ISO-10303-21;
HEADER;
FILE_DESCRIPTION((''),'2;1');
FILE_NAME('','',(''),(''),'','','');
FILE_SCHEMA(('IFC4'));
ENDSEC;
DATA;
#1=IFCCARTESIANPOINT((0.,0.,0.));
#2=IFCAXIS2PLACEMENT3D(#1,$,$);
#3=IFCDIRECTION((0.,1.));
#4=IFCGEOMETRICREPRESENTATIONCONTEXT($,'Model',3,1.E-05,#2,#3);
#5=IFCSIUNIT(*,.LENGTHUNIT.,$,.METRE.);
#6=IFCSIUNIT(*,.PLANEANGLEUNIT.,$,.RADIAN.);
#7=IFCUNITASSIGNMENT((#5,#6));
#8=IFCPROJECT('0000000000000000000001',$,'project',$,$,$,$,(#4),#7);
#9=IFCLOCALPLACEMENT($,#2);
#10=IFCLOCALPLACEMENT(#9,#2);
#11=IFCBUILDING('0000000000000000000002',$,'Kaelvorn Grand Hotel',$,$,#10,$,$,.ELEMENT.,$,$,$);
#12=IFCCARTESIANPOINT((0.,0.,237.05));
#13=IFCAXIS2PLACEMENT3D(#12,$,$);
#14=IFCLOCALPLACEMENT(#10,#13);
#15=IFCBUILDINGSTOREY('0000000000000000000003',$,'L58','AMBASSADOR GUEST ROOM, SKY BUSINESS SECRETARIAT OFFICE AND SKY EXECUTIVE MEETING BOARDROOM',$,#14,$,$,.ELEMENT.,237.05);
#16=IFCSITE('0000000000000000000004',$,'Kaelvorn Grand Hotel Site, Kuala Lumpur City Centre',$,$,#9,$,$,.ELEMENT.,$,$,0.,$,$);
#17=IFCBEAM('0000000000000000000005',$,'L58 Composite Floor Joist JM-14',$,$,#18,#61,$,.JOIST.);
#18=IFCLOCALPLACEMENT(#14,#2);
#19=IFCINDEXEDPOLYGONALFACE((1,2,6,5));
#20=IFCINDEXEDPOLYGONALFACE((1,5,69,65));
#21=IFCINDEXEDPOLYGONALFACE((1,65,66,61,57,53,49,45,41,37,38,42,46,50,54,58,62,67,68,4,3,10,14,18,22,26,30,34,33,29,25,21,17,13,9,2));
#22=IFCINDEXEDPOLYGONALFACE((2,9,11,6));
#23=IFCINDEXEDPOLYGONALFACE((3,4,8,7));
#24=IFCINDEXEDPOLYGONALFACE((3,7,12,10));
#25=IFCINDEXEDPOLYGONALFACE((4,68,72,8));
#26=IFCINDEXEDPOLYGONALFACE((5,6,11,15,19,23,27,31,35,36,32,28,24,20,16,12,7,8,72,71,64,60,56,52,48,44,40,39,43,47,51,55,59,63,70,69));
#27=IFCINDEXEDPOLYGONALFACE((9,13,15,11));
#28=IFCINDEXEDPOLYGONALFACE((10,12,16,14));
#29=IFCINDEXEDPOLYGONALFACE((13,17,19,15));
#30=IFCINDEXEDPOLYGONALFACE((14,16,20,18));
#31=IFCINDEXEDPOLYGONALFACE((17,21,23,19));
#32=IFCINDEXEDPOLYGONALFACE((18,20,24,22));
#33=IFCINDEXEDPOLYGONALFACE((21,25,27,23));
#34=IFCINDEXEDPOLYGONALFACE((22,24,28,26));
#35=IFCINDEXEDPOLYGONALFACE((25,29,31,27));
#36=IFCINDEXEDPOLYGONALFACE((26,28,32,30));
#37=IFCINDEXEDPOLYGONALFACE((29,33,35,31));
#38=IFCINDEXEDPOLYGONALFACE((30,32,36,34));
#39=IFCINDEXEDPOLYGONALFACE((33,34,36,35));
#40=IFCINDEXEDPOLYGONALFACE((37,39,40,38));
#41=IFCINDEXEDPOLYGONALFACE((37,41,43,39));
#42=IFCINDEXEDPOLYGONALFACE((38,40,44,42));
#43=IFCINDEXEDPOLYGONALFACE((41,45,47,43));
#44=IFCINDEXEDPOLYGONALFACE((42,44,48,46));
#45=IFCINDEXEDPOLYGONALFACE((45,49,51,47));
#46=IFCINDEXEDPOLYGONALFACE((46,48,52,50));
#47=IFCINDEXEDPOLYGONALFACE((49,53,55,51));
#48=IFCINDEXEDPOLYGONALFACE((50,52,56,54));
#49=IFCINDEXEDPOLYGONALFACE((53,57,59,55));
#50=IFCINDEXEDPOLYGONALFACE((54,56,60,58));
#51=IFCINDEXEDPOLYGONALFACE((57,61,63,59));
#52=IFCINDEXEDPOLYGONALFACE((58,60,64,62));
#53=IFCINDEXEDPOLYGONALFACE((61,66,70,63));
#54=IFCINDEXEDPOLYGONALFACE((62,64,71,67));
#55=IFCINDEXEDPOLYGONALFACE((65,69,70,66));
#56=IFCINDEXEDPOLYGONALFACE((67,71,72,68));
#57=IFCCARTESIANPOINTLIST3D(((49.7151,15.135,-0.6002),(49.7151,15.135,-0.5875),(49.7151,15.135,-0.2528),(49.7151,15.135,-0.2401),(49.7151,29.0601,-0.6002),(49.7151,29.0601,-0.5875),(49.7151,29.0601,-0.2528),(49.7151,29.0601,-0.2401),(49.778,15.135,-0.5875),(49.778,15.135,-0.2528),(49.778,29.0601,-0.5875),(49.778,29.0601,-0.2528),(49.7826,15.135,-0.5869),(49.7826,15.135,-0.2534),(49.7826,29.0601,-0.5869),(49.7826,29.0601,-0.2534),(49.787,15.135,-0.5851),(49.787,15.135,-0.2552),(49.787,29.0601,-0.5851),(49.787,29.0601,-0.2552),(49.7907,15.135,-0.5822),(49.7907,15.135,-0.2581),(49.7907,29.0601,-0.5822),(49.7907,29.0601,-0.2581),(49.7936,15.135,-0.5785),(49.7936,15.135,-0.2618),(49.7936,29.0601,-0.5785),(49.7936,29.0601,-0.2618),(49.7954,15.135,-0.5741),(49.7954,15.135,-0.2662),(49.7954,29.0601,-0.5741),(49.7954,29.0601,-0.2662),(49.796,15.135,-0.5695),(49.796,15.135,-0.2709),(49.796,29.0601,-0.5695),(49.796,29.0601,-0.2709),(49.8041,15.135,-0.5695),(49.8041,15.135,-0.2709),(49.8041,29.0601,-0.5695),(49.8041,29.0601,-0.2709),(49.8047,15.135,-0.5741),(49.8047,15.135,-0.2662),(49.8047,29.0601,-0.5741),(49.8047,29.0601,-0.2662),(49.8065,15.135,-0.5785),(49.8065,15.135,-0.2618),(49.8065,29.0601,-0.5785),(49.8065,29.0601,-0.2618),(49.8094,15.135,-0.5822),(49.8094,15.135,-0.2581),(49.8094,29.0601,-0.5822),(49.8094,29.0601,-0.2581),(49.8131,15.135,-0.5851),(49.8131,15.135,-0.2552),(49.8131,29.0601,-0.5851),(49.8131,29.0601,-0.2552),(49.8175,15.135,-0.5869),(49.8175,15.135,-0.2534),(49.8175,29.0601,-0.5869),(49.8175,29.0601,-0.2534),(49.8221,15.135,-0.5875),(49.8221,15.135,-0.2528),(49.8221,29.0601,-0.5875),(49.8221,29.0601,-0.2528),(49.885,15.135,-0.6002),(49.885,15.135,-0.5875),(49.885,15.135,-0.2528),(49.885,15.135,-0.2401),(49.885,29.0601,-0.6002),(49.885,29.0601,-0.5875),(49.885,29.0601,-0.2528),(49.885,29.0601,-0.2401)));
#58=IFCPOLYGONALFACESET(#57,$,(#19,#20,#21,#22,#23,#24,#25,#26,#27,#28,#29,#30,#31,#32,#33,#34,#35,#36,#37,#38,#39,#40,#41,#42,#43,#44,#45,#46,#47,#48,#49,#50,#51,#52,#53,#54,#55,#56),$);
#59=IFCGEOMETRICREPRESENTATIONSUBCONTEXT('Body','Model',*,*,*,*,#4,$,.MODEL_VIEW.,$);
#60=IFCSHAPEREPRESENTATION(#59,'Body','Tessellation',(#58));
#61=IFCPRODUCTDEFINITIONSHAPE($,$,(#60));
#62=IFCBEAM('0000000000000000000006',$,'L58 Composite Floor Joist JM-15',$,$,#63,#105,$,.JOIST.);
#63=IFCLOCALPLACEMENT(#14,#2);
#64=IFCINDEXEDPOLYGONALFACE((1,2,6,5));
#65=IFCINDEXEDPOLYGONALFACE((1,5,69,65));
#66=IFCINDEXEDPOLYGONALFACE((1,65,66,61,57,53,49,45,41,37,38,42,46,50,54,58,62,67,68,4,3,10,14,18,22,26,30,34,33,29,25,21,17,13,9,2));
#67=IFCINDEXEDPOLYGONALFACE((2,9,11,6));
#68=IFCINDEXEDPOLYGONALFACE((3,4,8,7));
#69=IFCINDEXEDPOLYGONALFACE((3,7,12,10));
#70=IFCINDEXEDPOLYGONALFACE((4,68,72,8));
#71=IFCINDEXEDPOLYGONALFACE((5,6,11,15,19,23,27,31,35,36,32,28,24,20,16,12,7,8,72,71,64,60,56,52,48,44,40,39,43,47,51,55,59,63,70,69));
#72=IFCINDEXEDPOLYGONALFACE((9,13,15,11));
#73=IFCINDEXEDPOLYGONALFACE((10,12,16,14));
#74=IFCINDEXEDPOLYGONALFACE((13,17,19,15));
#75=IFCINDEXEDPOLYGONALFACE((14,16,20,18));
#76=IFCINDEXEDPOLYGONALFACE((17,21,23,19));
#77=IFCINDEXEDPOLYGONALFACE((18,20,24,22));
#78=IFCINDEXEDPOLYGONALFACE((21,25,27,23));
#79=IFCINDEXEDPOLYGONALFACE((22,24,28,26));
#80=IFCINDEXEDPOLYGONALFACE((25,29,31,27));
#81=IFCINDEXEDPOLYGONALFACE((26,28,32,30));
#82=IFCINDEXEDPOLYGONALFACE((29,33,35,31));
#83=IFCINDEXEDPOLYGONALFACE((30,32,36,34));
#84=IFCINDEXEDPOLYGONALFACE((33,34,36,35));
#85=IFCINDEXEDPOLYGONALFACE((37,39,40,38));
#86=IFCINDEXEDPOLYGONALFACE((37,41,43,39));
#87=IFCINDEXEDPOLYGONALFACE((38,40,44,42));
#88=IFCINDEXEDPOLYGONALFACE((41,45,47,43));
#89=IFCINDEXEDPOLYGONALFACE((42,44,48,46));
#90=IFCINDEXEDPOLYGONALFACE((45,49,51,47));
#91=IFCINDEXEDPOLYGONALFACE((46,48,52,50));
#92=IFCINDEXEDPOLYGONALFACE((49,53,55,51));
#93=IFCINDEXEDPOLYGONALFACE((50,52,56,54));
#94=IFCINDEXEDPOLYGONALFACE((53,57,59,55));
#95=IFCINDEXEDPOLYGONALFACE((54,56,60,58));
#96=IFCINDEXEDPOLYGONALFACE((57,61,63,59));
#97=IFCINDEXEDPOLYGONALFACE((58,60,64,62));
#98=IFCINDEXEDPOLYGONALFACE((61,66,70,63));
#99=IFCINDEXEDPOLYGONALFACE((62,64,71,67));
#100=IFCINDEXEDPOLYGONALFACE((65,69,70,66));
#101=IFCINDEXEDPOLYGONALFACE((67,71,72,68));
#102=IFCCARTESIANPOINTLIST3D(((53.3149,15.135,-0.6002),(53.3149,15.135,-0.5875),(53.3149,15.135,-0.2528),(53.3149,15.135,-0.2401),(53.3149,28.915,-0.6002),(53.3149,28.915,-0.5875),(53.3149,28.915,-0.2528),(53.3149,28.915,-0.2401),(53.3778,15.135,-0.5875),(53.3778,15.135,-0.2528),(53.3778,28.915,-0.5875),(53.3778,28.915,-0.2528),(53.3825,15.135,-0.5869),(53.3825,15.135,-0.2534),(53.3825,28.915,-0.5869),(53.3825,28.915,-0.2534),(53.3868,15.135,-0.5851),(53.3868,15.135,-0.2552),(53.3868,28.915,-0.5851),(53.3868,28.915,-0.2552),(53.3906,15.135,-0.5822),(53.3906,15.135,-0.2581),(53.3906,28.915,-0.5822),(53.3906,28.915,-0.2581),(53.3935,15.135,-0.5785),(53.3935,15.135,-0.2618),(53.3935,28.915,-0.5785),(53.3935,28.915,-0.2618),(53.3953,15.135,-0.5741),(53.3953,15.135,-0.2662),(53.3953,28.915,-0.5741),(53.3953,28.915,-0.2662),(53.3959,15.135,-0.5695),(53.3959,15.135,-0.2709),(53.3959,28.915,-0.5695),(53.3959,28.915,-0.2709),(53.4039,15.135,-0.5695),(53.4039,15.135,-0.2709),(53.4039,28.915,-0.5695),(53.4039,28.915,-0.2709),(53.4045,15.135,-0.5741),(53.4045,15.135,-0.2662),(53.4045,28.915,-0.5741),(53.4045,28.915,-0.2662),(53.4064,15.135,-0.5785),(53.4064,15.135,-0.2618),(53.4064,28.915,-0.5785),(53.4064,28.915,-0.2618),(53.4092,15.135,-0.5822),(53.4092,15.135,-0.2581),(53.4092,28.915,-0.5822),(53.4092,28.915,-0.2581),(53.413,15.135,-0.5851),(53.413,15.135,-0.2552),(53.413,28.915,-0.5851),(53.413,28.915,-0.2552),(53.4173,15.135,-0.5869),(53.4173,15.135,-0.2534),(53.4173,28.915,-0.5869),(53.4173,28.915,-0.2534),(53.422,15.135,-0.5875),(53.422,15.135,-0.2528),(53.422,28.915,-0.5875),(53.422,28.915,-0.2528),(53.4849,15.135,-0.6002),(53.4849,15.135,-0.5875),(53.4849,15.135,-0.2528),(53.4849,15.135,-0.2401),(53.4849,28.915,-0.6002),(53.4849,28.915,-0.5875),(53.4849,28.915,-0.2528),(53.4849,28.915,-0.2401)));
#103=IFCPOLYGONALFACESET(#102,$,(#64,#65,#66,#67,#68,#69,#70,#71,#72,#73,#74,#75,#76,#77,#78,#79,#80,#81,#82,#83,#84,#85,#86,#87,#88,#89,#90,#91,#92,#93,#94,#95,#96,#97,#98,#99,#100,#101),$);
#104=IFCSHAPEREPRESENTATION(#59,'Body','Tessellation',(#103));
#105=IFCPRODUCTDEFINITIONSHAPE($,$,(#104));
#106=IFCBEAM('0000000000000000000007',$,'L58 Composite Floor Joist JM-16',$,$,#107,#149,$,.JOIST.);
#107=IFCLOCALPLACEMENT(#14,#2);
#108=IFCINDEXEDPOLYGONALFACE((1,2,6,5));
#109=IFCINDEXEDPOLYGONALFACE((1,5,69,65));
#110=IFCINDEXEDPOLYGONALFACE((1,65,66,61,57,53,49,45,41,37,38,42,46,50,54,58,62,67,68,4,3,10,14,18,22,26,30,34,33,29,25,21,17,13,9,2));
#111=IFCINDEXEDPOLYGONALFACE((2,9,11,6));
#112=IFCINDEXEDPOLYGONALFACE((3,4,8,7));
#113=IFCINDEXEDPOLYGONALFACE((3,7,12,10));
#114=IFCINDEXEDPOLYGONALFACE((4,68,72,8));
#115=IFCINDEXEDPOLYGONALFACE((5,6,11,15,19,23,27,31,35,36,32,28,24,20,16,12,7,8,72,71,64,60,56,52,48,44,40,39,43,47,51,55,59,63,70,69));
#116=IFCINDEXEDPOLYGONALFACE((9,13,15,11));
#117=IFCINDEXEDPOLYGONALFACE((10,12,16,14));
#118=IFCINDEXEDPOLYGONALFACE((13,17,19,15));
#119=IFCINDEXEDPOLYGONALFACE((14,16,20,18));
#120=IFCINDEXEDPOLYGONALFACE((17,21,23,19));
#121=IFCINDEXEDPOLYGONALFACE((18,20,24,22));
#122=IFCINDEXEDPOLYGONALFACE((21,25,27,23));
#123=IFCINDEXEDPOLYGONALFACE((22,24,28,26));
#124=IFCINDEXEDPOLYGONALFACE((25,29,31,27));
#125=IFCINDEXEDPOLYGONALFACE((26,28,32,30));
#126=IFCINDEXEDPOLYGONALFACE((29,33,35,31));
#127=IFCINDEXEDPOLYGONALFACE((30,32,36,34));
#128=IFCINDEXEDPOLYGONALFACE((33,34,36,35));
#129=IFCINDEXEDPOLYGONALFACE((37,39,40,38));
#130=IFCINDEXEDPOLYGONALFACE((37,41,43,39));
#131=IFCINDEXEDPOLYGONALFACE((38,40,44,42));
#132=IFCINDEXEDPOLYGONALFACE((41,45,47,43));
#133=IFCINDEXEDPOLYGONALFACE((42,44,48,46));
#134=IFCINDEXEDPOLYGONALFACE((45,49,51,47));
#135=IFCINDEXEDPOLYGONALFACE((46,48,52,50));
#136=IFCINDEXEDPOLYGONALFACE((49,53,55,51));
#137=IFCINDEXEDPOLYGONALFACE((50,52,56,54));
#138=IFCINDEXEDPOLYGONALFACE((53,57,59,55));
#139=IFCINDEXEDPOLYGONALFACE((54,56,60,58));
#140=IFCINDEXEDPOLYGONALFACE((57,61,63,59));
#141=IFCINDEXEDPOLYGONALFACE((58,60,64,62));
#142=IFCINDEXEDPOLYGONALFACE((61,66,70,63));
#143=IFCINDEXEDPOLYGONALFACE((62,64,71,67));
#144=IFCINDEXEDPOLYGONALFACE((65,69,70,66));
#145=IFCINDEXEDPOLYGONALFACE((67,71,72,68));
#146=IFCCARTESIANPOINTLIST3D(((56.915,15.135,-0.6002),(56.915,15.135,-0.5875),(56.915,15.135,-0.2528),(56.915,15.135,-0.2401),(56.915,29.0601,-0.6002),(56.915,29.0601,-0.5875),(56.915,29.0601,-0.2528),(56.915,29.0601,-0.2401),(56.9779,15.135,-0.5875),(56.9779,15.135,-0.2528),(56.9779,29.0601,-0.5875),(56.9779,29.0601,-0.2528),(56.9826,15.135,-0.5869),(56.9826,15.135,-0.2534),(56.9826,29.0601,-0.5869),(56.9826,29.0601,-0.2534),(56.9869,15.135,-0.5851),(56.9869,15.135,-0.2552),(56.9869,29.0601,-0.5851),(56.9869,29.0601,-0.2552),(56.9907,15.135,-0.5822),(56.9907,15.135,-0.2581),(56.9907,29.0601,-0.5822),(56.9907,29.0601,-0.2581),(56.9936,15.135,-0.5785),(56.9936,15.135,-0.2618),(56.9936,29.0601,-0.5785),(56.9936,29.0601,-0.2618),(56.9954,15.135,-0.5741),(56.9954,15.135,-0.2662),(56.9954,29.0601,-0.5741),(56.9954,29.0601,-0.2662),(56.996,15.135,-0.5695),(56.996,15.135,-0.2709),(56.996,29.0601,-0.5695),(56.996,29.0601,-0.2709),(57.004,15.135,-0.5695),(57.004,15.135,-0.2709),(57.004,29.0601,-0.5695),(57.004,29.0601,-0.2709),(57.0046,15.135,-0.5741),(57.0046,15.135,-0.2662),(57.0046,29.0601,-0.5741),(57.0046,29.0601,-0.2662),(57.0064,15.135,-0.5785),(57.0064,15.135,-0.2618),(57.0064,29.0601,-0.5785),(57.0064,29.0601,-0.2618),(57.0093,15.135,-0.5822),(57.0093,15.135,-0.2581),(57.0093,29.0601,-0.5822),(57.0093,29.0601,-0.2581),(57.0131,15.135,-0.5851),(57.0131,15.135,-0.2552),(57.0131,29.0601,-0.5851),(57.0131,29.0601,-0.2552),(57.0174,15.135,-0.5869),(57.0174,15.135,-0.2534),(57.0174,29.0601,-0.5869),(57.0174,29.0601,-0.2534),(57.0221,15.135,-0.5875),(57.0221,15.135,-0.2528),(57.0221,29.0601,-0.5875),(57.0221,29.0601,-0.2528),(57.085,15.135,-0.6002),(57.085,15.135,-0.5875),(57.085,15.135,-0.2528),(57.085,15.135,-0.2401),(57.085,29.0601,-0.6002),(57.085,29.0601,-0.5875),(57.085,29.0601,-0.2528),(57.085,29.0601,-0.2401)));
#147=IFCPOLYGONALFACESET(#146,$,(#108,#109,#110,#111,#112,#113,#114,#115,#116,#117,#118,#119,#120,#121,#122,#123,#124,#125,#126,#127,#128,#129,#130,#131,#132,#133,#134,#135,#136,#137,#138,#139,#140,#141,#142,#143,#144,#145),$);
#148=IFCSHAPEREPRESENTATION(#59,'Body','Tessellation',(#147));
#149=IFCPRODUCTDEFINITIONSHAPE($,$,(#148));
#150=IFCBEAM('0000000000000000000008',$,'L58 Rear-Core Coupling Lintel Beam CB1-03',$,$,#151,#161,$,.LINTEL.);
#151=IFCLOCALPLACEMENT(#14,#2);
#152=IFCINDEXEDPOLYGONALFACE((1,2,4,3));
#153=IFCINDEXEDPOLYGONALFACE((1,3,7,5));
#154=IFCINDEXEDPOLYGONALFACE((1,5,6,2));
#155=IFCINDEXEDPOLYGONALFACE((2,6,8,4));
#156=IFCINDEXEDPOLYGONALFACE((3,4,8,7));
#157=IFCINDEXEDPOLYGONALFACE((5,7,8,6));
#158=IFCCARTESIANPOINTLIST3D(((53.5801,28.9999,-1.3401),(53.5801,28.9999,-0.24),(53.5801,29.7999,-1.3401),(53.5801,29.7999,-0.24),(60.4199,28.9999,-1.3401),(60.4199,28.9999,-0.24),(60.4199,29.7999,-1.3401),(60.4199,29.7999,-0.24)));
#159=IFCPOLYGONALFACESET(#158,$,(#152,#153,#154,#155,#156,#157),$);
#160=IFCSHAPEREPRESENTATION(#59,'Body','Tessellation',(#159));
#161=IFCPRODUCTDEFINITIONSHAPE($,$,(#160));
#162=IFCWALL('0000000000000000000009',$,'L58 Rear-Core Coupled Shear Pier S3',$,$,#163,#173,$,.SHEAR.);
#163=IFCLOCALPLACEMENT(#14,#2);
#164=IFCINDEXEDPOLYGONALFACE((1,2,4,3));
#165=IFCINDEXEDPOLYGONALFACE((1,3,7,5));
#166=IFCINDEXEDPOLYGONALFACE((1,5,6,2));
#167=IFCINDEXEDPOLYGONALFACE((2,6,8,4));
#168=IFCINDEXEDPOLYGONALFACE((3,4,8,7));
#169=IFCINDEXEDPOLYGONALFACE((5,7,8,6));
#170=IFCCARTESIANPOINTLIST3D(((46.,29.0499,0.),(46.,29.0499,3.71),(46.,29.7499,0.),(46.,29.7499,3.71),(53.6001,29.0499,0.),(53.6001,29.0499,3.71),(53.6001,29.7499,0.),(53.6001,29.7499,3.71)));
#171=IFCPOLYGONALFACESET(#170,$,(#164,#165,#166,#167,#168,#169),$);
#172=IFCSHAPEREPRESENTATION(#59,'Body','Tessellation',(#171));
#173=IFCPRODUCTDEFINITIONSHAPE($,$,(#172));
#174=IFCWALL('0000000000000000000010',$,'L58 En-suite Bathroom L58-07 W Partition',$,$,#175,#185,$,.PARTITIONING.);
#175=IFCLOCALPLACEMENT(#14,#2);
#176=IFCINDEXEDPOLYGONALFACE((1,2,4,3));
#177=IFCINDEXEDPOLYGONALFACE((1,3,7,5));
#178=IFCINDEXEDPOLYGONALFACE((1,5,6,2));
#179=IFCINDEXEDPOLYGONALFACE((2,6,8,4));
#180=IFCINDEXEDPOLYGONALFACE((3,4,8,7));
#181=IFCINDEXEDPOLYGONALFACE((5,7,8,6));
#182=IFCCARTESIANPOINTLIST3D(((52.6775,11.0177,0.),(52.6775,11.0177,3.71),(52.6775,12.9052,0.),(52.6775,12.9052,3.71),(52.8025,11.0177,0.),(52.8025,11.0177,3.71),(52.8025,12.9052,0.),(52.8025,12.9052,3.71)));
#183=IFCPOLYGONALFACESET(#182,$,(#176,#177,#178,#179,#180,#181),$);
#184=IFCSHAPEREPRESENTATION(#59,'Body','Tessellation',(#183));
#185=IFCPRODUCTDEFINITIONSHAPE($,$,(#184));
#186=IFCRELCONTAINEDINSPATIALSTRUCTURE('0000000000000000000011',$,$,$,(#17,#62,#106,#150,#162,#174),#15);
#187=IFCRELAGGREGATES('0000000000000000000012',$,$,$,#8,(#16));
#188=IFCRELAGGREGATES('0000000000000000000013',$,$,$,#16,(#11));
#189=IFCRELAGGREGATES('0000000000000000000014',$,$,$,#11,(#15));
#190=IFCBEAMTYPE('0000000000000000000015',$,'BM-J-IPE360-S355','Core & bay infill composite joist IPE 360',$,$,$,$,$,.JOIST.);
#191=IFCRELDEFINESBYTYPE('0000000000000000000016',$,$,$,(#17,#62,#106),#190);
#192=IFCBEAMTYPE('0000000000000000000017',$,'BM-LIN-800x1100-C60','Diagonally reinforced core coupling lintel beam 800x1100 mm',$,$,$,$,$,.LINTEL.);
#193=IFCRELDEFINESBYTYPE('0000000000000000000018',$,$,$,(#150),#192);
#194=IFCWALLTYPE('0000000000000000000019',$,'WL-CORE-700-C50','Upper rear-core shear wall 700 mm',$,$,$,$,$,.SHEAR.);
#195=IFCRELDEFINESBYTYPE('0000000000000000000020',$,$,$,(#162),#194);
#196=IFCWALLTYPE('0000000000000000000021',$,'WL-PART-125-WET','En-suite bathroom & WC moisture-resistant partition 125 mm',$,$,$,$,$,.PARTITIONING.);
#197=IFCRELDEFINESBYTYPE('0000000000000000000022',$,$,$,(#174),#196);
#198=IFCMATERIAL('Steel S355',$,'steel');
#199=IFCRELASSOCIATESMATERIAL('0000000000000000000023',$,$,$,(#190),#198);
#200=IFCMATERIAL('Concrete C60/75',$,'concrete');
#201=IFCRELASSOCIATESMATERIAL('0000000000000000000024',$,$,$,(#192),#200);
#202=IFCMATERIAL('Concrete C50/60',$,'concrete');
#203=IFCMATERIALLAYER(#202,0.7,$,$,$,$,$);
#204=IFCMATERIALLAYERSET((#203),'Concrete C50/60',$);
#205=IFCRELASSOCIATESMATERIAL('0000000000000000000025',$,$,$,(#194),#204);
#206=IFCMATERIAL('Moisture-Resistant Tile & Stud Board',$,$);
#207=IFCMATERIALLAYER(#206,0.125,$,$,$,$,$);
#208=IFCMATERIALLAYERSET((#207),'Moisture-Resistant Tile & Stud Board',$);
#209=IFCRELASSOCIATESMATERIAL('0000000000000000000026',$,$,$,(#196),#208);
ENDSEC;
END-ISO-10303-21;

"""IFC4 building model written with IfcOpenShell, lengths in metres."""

from ifc_helpers import new_model, si_unit, direction, frame, frame_2d, origin, origin_2d, place, context, subcontext, project, spatial, rectangle, i_section, extrude, material, layer, layer_set, material_profile, profile_set, type_object, element, save


model = new_model("IFC4")

# Units and contexts
model_context = context("Model", 3, precision=1e-05, world=origin(), true_north=direction((0.0, 1.0)))
body_context = subcontext(model_context, "Body", "Model", "MODEL_VIEW")
ifc_project = project(units=[si_unit("LENGTHUNIT", "METRE"), si_unit("PLANEANGLEUNIT", "RADIAN")], contexts=[model_context])

# Site, building, storey
site_placement = place(None, origin())
site = spatial("IfcSite", under=ifc_project, at=site_placement, Name="Kaelvorn Grand Hotel Site, Kuala Lumpur City Centre", CompositionType="ELEMENT", RefElevation=0.0)
building_placement = place(site_placement, origin())
building = spatial("IfcBuilding", under=site, at=building_placement, Name="Kaelvorn Grand Hotel", CompositionType="ELEMENT")
storey_placement = place(building_placement, frame((0.0, 0.0, 237.05)))
storey = spatial("IfcBuildingStorey", under=building, at=storey_placement, Name="L58", Description="AMBASSADOR GUEST ROOM, SKY BUSINESS SECRETARIAT OFFICE AND SKY EXECUTIVE MEETING BOARDROOM", CompositionType="ELEMENT", Elevation=237.05)

# Shared definitions
ifc_material_1 = material(Name="Concrete C50/60", Category="concrete")

# Beams
ifc_material_2 = material(Name="Steel S355", Category="steel")
ifc_material_profile_1 = material_profile(ifc_material_2, i_section(OverallWidth=0.1699, OverallDepth=0.3601, WebThickness=0.0081, FlangeThickness=0.0127, FilletRadius=0.0181, at=origin_2d()), Name="IPE 360")
ifc_profile_set_1 = profile_set([ifc_material_profile_1], Name="Steel S355")
beam_type_1 = type_object("IfcBeamType", Name="BM-J-IPE360-S355", Description="Core & bay infill composite joist IPE 360", PredefinedType="JOIST", material=ifc_profile_set_1)
beam_1_placement = place(storey_placement, frame((49.8, 15.135, -0.4202), z_axis=(0.0, 1.0, 0.0), x_axis=(-1.0, 0.0, 0.0)))
element("IfcBeam", 1, at=beam_1_placement, inside=storey, type_object=beam_type_1, Name="L58 Composite Floor Joist JM-14", PredefinedType="JOIST", context=body_context, shape_type="SweptSolid", body=[
    extrude(i_section(OverallWidth=0.1699, OverallDepth=0.3601, WebThickness=0.0081, FlangeThickness=0.0127, FilletRadius=0.0181, at=origin_2d()), origin(), (0.0, 0.0, 1.0), 13.925),
])
beam_2_placement = place(storey_placement, frame((53.3999, 15.135, -0.4202), z_axis=(0.0, 1.0, 0.0), x_axis=(-1.0, 0.0, 0.0)))
element("IfcBeam", 2, at=beam_2_placement, inside=storey, type_object=beam_type_1, Name="L58 Composite Floor Joist JM-15", PredefinedType="JOIST", context=body_context, shape_type="SweptSolid", body=[
    extrude(i_section(OverallWidth=0.1699, OverallDepth=0.3601, WebThickness=0.0081, FlangeThickness=0.0127, FilletRadius=0.0181, at=origin_2d()), origin(), (0.0, 0.0, 1.0), 13.78),
])
beam_3_placement = place(storey_placement, frame((57.0, 15.135, -0.4202), z_axis=(0.0, 1.0, 0.0), x_axis=(-1.0, 0.0, 0.0)))
element("IfcBeam", 3, at=beam_3_placement, inside=storey, type_object=beam_type_1, Name="L58 Composite Floor Joist JM-16", PredefinedType="JOIST", context=body_context, shape_type="SweptSolid", body=[
    extrude(i_section(OverallWidth=0.1699, OverallDepth=0.3601, WebThickness=0.0081, FlangeThickness=0.0127, FilletRadius=0.0181, at=origin_2d()), origin(), (0.0, 0.0, 1.0), 13.925),
])
ifc_material_3 = material(Name="Concrete C60/75", Category="concrete")
ifc_material_profile_2 = material_profile(ifc_material_3, rectangle(XDim=0.8, YDim=1.1001, at=origin_2d()), Name="RC LINTEL 800x1100")
ifc_profile_set_2 = profile_set([ifc_material_profile_2], Name="Concrete C60/75")
beam_type_2 = type_object("IfcBeamType", Name="BM-LIN-800x1100-C60", Description="Diagonally reinforced core coupling lintel beam 800x1100 mm", PredefinedType="LINTEL", material=ifc_profile_set_2)
beam_4_placement = place(storey_placement, frame((53.5801, 29.3999, -0.79), z_axis=(1.0, 0.0, 0.0), x_axis=(0.0, 1.0, 0.0)))
element("IfcBeam", 4, at=beam_4_placement, inside=storey, type_object=beam_type_2, Name="L58 Rear-Core Coupling Lintel Beam CB1-03", PredefinedType="LINTEL", context=body_context, shape_type="SweptSolid", body=[
    extrude(rectangle(XDim=0.8, YDim=1.1001, at=origin_2d()), origin(), (0.0, 0.0, 1.0), 6.8398),
])

# Walls
ifc_layer_1 = layer(ifc_material_1, 0.7)
ifc_layer_set_1 = layer_set([ifc_layer_1], Name="Concrete C50/60")
wall_type_1 = type_object("IfcWallType", Name="WL-CORE-700-C50", Description="Upper rear-core shear wall 700 mm", PredefinedType="SHEAR", material=ifc_layer_set_1)
wall_1_placement = place(storey_placement, frame((46.0, 29.3999, 0.0), z_axis=(0.0, 0.0, 1.0), x_axis=(1.0, 0.0, 0.0)))
element("IfcWall", 5, at=wall_1_placement, inside=storey, type_object=wall_type_1, Name="L58 Rear-Core Coupled Shear Pier S3", PredefinedType="SHEAR", context=body_context, shape_type="SweptSolid", body=[
    extrude(rectangle(XDim=7.6001, YDim=0.7, at=frame_2d((3.8, 0.0))), origin(), (0.0, 0.0, 1.0), 3.71),
])
ifc_material_4 = material(Name="Moisture-Resistant Tile & Stud Board")
ifc_layer_2 = layer(ifc_material_4, 0.125)
ifc_layer_set_2 = layer_set([ifc_layer_2], Name="Moisture-Resistant Tile & Stud Board")
wall_type_2 = type_object("IfcWallType", Name="WL-PART-125-WET", Description="En-suite bathroom & WC moisture-resistant partition 125 mm", PredefinedType="PARTITIONING", material=ifc_layer_set_2)
wall_2_placement = place(storey_placement, frame((52.74, 11.0176, 0.0), z_axis=(0.0, 0.0, 1.0), x_axis=(0.0, 1.0, 0.0)))
element("IfcWall", 6, at=wall_2_placement, inside=storey, type_object=wall_type_2, Name="L58 En-suite Bathroom L58-07 W Partition", PredefinedType="PARTITIONING", context=body_context, shape_type="SweptSolid", body=[
    extrude(rectangle(XDim=1.8875, YDim=0.125, at=frame_2d((0.9438, 0.0))), origin(), (0.0, 0.0, 1.0), 3.71),
])

save(model, "model.ifc")
